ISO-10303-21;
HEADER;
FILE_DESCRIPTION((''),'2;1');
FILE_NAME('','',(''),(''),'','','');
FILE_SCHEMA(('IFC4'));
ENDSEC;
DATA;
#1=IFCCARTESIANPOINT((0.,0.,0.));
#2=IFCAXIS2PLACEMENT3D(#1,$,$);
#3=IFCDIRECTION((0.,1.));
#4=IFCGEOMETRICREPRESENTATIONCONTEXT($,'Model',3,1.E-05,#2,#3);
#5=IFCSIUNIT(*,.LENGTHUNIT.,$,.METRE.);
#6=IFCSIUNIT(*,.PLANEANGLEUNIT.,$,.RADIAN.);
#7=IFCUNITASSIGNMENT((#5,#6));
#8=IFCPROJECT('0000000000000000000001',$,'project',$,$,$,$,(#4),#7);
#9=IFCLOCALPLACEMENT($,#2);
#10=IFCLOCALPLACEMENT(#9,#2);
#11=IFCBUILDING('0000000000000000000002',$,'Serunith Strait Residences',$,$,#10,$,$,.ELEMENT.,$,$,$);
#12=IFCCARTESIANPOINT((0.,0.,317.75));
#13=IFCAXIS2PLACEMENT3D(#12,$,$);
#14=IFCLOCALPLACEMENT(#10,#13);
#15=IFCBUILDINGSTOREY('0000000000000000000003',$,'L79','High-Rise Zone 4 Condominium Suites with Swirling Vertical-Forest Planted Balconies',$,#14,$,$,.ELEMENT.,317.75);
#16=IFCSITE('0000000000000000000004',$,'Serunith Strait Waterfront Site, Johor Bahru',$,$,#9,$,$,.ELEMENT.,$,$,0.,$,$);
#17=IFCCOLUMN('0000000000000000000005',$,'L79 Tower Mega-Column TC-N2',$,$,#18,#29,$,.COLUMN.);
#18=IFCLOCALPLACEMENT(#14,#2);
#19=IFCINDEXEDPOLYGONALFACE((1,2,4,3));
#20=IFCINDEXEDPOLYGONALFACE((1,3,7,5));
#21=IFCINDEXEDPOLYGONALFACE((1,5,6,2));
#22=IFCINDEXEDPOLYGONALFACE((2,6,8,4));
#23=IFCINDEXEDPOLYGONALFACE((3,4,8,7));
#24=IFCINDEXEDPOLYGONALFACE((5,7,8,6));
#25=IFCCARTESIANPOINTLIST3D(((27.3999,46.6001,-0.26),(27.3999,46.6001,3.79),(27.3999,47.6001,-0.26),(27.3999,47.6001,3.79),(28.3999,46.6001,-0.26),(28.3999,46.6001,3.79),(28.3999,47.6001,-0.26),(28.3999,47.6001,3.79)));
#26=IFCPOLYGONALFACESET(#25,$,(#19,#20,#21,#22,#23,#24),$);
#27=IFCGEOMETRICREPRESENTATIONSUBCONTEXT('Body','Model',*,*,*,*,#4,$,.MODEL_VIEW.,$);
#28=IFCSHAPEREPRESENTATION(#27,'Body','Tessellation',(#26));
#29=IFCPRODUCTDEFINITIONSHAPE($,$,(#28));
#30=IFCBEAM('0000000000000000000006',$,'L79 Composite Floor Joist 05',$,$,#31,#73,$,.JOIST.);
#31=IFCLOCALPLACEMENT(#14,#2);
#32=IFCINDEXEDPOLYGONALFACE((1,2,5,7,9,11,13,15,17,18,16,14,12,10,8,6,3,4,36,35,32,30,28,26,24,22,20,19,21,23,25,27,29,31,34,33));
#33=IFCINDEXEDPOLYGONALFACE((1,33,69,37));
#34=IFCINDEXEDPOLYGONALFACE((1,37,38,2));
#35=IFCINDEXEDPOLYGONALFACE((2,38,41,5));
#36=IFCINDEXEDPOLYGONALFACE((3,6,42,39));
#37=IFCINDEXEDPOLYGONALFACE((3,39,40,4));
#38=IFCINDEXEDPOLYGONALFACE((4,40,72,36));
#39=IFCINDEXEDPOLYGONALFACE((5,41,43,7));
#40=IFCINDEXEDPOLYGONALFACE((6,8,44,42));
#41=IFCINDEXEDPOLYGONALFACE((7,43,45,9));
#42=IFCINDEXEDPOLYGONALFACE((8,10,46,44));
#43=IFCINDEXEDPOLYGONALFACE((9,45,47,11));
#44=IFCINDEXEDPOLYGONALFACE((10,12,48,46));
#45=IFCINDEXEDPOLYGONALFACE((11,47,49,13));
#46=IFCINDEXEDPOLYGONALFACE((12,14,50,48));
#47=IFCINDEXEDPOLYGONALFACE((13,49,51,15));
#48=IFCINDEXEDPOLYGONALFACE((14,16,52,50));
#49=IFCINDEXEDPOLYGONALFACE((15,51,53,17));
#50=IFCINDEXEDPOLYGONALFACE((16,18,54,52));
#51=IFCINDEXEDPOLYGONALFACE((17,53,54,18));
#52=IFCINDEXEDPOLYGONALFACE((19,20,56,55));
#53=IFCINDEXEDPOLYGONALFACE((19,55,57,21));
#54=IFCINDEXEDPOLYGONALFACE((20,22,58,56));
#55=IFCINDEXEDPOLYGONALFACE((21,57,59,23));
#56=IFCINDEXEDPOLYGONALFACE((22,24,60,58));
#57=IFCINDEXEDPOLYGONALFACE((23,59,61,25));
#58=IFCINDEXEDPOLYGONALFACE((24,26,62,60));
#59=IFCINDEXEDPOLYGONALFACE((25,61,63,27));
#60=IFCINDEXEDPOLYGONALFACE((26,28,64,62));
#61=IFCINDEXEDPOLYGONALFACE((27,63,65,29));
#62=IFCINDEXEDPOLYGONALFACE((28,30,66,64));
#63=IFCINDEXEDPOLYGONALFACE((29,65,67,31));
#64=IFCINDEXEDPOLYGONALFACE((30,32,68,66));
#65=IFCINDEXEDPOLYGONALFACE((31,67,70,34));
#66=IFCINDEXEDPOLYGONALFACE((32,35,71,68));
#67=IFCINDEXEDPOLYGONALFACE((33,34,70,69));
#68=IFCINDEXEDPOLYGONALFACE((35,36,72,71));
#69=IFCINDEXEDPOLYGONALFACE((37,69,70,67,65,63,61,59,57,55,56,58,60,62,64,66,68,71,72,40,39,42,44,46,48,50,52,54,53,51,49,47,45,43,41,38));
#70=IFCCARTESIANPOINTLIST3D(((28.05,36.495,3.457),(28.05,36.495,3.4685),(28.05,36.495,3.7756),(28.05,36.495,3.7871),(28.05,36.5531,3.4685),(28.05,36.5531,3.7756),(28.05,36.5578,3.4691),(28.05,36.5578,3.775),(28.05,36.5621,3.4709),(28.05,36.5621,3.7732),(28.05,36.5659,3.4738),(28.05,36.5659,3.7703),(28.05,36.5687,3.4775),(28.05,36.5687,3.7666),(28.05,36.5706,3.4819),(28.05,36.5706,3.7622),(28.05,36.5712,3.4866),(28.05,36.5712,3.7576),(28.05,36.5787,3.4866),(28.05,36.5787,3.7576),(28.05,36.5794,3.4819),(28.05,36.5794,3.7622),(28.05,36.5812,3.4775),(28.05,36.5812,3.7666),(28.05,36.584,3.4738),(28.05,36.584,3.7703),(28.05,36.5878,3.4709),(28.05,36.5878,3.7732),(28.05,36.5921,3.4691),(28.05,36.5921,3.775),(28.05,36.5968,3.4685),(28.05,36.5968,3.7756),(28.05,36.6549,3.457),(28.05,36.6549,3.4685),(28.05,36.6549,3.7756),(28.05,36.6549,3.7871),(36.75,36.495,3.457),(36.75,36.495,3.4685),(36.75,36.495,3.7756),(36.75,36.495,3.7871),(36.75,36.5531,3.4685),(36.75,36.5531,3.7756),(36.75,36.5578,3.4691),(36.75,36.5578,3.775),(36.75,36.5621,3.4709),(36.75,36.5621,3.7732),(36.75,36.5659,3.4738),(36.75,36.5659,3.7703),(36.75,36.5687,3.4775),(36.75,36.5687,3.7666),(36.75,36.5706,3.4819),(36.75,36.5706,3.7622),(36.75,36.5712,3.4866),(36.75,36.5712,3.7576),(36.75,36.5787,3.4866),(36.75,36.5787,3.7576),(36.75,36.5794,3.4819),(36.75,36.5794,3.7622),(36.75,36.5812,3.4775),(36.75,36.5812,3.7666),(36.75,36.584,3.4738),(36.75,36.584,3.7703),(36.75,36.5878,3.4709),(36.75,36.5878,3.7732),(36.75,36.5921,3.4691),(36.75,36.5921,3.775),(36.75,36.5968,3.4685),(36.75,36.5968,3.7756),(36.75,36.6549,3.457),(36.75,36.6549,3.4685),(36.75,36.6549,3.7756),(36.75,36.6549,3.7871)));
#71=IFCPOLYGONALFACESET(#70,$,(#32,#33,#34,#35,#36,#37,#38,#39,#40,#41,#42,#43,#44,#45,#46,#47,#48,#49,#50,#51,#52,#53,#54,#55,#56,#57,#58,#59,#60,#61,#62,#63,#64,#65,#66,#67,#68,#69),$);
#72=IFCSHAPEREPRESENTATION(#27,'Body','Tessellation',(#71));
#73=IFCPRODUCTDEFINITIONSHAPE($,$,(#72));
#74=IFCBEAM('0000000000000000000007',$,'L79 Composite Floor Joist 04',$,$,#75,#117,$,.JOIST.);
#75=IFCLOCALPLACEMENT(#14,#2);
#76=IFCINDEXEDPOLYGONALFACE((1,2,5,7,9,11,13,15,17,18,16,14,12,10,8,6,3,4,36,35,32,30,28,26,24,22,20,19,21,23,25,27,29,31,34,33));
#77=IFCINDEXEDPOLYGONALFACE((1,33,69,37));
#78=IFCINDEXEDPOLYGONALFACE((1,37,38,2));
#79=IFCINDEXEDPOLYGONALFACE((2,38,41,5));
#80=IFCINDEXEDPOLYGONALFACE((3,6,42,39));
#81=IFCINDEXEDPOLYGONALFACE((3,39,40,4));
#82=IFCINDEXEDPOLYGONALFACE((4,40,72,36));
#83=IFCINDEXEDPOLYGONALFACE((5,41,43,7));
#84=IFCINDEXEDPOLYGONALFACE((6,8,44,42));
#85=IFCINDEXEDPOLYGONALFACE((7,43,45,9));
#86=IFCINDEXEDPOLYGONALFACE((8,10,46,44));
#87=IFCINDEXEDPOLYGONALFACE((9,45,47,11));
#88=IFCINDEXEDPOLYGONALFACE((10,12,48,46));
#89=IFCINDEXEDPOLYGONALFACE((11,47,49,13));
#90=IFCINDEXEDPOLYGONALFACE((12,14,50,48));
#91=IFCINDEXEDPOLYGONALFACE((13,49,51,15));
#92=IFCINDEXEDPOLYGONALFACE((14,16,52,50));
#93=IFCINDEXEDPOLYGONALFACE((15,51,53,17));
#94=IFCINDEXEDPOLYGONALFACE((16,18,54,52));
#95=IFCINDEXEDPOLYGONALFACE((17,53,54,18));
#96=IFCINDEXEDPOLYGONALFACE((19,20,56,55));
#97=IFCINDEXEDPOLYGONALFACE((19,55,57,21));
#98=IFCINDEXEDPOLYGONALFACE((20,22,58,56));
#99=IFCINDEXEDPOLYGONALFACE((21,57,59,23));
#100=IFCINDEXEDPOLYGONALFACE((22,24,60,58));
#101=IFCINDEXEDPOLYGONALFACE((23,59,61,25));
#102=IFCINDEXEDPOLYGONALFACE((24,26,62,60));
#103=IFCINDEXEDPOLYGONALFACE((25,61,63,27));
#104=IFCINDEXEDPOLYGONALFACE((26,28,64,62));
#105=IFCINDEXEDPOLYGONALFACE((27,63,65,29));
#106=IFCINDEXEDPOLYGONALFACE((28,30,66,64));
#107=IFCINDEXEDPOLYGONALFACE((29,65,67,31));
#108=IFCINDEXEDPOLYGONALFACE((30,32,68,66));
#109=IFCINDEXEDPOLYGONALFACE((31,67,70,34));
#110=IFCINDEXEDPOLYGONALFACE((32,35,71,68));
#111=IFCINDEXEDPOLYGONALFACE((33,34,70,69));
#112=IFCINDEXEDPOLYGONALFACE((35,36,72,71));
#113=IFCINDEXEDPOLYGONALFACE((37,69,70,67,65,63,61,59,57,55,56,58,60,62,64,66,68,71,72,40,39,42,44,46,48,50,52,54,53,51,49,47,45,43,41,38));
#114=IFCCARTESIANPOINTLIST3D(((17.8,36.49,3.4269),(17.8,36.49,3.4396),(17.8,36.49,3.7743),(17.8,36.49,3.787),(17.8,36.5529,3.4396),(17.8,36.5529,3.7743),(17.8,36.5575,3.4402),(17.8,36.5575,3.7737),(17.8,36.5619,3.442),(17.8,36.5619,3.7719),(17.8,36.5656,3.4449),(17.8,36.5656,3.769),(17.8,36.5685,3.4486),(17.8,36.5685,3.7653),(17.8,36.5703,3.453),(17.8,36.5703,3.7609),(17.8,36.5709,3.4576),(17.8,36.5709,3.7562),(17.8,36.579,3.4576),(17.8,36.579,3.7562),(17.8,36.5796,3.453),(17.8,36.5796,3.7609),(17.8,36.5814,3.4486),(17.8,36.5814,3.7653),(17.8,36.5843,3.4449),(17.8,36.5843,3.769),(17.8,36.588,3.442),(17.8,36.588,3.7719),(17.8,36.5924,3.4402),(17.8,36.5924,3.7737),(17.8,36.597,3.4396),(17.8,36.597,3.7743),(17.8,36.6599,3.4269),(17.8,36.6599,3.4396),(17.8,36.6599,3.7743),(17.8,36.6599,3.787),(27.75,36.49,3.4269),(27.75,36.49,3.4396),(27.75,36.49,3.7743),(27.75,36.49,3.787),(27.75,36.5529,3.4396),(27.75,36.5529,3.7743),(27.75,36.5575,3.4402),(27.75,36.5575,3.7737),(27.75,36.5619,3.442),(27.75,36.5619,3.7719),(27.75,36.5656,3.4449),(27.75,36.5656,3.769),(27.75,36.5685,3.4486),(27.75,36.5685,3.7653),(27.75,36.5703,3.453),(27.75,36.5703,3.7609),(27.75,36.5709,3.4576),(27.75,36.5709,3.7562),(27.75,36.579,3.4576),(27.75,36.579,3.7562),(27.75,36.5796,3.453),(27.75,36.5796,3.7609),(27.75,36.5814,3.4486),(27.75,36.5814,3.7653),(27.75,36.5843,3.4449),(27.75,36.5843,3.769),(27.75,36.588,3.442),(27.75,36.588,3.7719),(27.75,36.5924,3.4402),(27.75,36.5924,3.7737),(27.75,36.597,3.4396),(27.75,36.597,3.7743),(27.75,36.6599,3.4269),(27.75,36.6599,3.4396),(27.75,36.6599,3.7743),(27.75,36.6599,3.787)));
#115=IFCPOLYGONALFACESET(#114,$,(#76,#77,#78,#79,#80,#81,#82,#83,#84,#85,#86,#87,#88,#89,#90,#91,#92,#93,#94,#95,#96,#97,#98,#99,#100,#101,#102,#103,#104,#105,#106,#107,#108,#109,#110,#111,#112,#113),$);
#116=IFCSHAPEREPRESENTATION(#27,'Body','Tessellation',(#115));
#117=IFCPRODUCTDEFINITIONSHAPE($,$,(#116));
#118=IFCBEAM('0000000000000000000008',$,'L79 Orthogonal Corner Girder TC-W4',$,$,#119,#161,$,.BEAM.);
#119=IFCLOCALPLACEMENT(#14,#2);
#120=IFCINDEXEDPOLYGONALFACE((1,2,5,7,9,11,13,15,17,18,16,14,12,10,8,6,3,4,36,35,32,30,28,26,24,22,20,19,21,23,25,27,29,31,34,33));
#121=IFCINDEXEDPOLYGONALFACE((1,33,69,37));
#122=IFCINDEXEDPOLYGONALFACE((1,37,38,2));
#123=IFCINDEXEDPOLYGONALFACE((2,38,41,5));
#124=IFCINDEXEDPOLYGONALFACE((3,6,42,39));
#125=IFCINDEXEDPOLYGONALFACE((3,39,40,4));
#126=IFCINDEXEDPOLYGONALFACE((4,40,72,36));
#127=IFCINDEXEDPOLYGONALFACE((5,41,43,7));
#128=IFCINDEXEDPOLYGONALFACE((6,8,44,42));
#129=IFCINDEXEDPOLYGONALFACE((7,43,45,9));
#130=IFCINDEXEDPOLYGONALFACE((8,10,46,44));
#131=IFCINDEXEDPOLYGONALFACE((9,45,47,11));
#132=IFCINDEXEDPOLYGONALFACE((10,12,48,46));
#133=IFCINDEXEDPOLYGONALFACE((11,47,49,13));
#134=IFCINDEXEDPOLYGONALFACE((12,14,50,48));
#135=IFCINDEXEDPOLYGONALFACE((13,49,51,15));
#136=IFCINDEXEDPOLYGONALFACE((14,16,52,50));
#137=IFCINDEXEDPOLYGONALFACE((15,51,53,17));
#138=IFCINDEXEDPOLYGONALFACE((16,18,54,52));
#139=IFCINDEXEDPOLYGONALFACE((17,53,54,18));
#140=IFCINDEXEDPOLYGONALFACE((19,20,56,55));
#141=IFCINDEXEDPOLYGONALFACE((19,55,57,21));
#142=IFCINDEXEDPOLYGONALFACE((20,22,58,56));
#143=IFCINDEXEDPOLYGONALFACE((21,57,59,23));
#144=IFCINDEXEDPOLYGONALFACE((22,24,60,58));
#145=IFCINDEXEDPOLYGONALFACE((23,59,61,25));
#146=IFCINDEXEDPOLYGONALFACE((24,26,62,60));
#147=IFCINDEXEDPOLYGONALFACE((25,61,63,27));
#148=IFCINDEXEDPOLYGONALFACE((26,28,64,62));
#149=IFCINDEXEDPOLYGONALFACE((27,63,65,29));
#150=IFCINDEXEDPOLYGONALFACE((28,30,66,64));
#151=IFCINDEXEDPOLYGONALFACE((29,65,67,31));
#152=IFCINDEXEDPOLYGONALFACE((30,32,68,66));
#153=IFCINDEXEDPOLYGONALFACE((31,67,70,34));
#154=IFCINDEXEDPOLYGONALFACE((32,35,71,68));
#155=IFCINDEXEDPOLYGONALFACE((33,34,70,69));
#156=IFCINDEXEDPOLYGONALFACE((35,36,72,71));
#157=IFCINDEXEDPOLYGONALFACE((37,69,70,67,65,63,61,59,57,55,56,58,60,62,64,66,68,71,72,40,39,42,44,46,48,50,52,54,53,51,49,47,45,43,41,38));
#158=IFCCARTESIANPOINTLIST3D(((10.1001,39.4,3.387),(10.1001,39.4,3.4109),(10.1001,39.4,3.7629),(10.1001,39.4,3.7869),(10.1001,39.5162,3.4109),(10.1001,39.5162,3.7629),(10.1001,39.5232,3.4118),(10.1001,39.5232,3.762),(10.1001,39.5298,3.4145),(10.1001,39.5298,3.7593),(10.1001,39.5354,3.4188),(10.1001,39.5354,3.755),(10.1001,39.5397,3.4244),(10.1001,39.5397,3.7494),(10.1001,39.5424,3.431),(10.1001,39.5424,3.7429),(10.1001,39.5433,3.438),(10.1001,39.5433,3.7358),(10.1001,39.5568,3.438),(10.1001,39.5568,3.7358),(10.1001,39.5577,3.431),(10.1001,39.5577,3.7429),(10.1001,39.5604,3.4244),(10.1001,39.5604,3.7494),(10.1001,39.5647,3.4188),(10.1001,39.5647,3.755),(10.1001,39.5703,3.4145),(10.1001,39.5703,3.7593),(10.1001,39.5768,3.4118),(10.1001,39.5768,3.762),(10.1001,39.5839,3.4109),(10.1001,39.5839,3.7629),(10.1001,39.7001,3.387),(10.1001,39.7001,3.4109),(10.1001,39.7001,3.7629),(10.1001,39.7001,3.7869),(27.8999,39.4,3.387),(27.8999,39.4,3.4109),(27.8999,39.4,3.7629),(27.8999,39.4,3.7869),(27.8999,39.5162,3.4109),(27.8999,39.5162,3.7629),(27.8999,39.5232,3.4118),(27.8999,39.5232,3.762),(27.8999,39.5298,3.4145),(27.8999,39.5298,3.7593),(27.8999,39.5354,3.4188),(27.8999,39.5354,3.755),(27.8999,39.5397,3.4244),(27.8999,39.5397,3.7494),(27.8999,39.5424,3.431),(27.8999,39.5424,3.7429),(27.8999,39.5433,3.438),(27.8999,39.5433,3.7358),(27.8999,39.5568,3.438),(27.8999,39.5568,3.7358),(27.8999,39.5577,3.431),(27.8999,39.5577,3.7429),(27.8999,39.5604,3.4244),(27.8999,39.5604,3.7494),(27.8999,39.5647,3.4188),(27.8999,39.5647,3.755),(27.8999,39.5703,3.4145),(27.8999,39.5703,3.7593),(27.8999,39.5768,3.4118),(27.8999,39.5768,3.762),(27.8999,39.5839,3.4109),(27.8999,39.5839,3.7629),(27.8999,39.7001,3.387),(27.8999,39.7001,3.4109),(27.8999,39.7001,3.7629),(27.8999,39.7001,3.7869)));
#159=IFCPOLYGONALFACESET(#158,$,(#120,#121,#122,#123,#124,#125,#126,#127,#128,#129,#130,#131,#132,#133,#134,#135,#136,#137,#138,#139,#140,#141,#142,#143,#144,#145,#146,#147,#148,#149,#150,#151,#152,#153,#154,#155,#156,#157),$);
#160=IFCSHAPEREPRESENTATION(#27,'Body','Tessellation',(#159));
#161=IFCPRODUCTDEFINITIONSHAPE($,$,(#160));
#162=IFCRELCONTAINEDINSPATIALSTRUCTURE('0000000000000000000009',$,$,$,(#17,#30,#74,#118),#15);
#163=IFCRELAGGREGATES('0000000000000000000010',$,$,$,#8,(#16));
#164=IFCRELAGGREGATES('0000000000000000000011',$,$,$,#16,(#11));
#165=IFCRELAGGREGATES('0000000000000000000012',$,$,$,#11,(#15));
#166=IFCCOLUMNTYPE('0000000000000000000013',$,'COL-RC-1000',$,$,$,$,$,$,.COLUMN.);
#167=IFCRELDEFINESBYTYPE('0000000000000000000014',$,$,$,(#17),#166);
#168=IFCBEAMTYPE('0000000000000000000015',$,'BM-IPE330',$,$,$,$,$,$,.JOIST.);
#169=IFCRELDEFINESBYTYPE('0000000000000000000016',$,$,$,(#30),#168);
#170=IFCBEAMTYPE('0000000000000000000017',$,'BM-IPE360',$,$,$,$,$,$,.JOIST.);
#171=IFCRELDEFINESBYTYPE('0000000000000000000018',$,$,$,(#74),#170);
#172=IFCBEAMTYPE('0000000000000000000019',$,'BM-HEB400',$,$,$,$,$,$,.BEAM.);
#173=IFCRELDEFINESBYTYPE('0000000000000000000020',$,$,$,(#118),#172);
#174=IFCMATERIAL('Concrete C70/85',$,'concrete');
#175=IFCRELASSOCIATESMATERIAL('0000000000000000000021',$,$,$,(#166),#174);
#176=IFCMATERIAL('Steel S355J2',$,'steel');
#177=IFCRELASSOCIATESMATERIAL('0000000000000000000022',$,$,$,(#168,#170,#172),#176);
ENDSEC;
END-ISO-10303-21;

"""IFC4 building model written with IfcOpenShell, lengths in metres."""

from ifc_helpers import new_model, si_unit, direction, frame, origin, origin_2d, place, context, subcontext, project, spatial, rectangle, i_section, extrude, source, transform, mapped, material, material_profile, profile_set, type_object, element, save


model = new_model("IFC4")

# Units and contexts
model_context = context("Model", 3, precision=1e-05, world=origin(), true_north=direction((0.0, 1.0)))
body_context = subcontext(model_context, "Body", "Model", "MODEL_VIEW")
ifc_project = project(units=[si_unit("LENGTHUNIT", "METRE"), si_unit("PLANEANGLEUNIT", "RADIAN")], contexts=[model_context])

# Site, building, storey
site_placement = place(None, origin())
site = spatial("IfcSite", under=ifc_project, at=site_placement, Name="Serunith Strait Waterfront Site, Johor Bahru", CompositionType="ELEMENT", RefElevation=0.0)
building_placement = place(site_placement, origin())
building = spatial("IfcBuilding", under=site, at=building_placement, Name="Serunith Strait Residences", CompositionType="ELEMENT")
storey_placement = place(building_placement, frame((0.0, 0.0, 317.75)))
storey = spatial("IfcBuildingStorey", under=building, at=storey_placement, Name="L79", Description="High-Rise Zone 4 Condominium Suites with Swirling Vertical-Forest Planted Balconies", CompositionType="ELEMENT", Elevation=317.75)

# Column
ifc_material_1 = material(Name="Concrete C70/85", Category="concrete")
ifc_material_profile_1 = material_profile(ifc_material_1, rectangle(XDim=1.0, YDim=1.0, at=origin_2d()), Name="RC 1000x1000")
ifc_profile_set_1 = profile_set([ifc_material_profile_1], Name="Concrete C70/85")
column_type = type_object("IfcColumnType", Name="COL-RC-1000", PredefinedType="COLUMN", material=ifc_profile_set_1)
shared_shape_1 = source(origin(), body_context, "Body", "SweptSolid", [
    extrude(rectangle(XDim=1.0, YDim=1.0, at=origin_2d()), origin(), (0.0, 0.0, 1.0), 4.05),
])
column_placement = place(storey_placement, frame((27.8999, 47.1001, -0.26), z_axis=(0.0, 0.0, 1.0), x_axis=(1.0, 0.0, 0.0)))
element("IfcColumn", 1, at=column_placement, inside=storey, type_object=column_type, Name="L79 Tower Mega-Column TC-N2", PredefinedType="COLUMN", context=body_context, shape_type="MappedRepresentation", body=[
    mapped(shared_shape_1, transform((0.0, 0.0, 0.0), scale=1.0)),
])

# Beams
ifc_material_2 = material(Name="Steel S355J2", Category="steel")
ifc_material_profile_2 = material_profile(ifc_material_2, i_section(OverallWidth=0.1599, OverallDepth=0.3301, WebThickness=0.0076, FlangeThickness=0.0115, FilletRadius=0.0181, at=origin_2d()), Name="IPE 330")
ifc_profile_set_2 = profile_set([ifc_material_profile_2], Name="Steel S355J2")
beam_type_1 = type_object("IfcBeamType", Name="BM-IPE330", PredefinedType="JOIST", material=ifc_profile_set_2)
shared_shape_2 = source(origin(), body_context, "Body", "SweptSolid", [
    extrude(i_section(OverallWidth=0.1599, OverallDepth=0.3301, WebThickness=0.0076, FlangeThickness=0.0115, FilletRadius=0.0181, at=origin_2d()), origin(), (0.0, 0.0, 1.0), 8.7),
])
beam_1_placement = place(storey_placement, frame((28.05, 36.575, 3.6221), z_axis=(1.0, 0.0, 0.0), x_axis=(0.0, 1.0, 0.0)))
element("IfcBeam", 2, at=beam_1_placement, inside=storey, type_object=beam_type_1, Name="L79 Composite Floor Joist 05", PredefinedType="JOIST", context=body_context, shape_type="MappedRepresentation", body=[
    mapped(shared_shape_2, transform((0.0, 0.0, 0.0), scale=1.0)),
])
ifc_material_profile_3 = material_profile(ifc_material_2, i_section(OverallWidth=0.1699, OverallDepth=0.3601, WebThickness=0.0081, FlangeThickness=0.0127, FilletRadius=0.0181, at=origin_2d()), Name="IPE 360")
ifc_profile_set_3 = profile_set([ifc_material_profile_3], Name="Steel S355J2")
beam_type_2 = type_object("IfcBeamType", Name="BM-IPE360", PredefinedType="JOIST", material=ifc_profile_set_3)
shared_shape_3 = source(origin(), body_context, "Body", "SweptSolid", [
    extrude(i_section(OverallWidth=0.1699, OverallDepth=0.3601, WebThickness=0.0081, FlangeThickness=0.0127, FilletRadius=0.0181, at=origin_2d()), origin(), (0.0, 0.0, 1.0), 9.95),
])
beam_2_placement = place(storey_placement, frame((17.8, 36.575, 3.6069), z_axis=(1.0, 0.0, 0.0), x_axis=(0.0, 1.0, 0.0)))
element("IfcBeam", 3, at=beam_2_placement, inside=storey, type_object=beam_type_2, Name="L79 Composite Floor Joist 04", PredefinedType="JOIST", context=body_context, shape_type="MappedRepresentation", body=[
    mapped(shared_shape_3, transform((0.0, 0.0, 0.0), scale=1.0)),
])
ifc_material_profile_4 = material_profile(ifc_material_2, i_section(OverallWidth=0.3, OverallDepth=0.3999, WebThickness=0.0134, FlangeThickness=0.0239, FilletRadius=0.0271, at=origin_2d()), Name="HEB 400")
ifc_profile_set_4 = profile_set([ifc_material_profile_4], Name="Steel S355J2")
beam_type_3 = type_object("IfcBeamType", Name="BM-HEB400", PredefinedType="BEAM", material=ifc_profile_set_4)
shared_shape_4 = source(origin(), body_context, "Body", "SweptSolid", [
    extrude(i_section(OverallWidth=0.3, OverallDepth=0.3999, WebThickness=0.0134, FlangeThickness=0.0239, FilletRadius=0.0271, at=origin_2d()), origin(), (0.0, 0.0, 1.0), 17.7998),
])
beam_3_placement = place(storey_placement, frame((27.8999, 39.55, 3.5869), z_axis=(-1.0, 0.0, 0.0), x_axis=(0.0, -1.0, 0.0)))
element("IfcBeam", 4, at=beam_3_placement, inside=storey, type_object=beam_type_3, Name="L79 Orthogonal Corner Girder TC-W4", PredefinedType="BEAM", context=body_context, shape_type="MappedRepresentation", body=[
    mapped(shared_shape_4, transform((0.0, 0.0, 0.0), scale=1.0)),
])

save(model, "model.ifc")
